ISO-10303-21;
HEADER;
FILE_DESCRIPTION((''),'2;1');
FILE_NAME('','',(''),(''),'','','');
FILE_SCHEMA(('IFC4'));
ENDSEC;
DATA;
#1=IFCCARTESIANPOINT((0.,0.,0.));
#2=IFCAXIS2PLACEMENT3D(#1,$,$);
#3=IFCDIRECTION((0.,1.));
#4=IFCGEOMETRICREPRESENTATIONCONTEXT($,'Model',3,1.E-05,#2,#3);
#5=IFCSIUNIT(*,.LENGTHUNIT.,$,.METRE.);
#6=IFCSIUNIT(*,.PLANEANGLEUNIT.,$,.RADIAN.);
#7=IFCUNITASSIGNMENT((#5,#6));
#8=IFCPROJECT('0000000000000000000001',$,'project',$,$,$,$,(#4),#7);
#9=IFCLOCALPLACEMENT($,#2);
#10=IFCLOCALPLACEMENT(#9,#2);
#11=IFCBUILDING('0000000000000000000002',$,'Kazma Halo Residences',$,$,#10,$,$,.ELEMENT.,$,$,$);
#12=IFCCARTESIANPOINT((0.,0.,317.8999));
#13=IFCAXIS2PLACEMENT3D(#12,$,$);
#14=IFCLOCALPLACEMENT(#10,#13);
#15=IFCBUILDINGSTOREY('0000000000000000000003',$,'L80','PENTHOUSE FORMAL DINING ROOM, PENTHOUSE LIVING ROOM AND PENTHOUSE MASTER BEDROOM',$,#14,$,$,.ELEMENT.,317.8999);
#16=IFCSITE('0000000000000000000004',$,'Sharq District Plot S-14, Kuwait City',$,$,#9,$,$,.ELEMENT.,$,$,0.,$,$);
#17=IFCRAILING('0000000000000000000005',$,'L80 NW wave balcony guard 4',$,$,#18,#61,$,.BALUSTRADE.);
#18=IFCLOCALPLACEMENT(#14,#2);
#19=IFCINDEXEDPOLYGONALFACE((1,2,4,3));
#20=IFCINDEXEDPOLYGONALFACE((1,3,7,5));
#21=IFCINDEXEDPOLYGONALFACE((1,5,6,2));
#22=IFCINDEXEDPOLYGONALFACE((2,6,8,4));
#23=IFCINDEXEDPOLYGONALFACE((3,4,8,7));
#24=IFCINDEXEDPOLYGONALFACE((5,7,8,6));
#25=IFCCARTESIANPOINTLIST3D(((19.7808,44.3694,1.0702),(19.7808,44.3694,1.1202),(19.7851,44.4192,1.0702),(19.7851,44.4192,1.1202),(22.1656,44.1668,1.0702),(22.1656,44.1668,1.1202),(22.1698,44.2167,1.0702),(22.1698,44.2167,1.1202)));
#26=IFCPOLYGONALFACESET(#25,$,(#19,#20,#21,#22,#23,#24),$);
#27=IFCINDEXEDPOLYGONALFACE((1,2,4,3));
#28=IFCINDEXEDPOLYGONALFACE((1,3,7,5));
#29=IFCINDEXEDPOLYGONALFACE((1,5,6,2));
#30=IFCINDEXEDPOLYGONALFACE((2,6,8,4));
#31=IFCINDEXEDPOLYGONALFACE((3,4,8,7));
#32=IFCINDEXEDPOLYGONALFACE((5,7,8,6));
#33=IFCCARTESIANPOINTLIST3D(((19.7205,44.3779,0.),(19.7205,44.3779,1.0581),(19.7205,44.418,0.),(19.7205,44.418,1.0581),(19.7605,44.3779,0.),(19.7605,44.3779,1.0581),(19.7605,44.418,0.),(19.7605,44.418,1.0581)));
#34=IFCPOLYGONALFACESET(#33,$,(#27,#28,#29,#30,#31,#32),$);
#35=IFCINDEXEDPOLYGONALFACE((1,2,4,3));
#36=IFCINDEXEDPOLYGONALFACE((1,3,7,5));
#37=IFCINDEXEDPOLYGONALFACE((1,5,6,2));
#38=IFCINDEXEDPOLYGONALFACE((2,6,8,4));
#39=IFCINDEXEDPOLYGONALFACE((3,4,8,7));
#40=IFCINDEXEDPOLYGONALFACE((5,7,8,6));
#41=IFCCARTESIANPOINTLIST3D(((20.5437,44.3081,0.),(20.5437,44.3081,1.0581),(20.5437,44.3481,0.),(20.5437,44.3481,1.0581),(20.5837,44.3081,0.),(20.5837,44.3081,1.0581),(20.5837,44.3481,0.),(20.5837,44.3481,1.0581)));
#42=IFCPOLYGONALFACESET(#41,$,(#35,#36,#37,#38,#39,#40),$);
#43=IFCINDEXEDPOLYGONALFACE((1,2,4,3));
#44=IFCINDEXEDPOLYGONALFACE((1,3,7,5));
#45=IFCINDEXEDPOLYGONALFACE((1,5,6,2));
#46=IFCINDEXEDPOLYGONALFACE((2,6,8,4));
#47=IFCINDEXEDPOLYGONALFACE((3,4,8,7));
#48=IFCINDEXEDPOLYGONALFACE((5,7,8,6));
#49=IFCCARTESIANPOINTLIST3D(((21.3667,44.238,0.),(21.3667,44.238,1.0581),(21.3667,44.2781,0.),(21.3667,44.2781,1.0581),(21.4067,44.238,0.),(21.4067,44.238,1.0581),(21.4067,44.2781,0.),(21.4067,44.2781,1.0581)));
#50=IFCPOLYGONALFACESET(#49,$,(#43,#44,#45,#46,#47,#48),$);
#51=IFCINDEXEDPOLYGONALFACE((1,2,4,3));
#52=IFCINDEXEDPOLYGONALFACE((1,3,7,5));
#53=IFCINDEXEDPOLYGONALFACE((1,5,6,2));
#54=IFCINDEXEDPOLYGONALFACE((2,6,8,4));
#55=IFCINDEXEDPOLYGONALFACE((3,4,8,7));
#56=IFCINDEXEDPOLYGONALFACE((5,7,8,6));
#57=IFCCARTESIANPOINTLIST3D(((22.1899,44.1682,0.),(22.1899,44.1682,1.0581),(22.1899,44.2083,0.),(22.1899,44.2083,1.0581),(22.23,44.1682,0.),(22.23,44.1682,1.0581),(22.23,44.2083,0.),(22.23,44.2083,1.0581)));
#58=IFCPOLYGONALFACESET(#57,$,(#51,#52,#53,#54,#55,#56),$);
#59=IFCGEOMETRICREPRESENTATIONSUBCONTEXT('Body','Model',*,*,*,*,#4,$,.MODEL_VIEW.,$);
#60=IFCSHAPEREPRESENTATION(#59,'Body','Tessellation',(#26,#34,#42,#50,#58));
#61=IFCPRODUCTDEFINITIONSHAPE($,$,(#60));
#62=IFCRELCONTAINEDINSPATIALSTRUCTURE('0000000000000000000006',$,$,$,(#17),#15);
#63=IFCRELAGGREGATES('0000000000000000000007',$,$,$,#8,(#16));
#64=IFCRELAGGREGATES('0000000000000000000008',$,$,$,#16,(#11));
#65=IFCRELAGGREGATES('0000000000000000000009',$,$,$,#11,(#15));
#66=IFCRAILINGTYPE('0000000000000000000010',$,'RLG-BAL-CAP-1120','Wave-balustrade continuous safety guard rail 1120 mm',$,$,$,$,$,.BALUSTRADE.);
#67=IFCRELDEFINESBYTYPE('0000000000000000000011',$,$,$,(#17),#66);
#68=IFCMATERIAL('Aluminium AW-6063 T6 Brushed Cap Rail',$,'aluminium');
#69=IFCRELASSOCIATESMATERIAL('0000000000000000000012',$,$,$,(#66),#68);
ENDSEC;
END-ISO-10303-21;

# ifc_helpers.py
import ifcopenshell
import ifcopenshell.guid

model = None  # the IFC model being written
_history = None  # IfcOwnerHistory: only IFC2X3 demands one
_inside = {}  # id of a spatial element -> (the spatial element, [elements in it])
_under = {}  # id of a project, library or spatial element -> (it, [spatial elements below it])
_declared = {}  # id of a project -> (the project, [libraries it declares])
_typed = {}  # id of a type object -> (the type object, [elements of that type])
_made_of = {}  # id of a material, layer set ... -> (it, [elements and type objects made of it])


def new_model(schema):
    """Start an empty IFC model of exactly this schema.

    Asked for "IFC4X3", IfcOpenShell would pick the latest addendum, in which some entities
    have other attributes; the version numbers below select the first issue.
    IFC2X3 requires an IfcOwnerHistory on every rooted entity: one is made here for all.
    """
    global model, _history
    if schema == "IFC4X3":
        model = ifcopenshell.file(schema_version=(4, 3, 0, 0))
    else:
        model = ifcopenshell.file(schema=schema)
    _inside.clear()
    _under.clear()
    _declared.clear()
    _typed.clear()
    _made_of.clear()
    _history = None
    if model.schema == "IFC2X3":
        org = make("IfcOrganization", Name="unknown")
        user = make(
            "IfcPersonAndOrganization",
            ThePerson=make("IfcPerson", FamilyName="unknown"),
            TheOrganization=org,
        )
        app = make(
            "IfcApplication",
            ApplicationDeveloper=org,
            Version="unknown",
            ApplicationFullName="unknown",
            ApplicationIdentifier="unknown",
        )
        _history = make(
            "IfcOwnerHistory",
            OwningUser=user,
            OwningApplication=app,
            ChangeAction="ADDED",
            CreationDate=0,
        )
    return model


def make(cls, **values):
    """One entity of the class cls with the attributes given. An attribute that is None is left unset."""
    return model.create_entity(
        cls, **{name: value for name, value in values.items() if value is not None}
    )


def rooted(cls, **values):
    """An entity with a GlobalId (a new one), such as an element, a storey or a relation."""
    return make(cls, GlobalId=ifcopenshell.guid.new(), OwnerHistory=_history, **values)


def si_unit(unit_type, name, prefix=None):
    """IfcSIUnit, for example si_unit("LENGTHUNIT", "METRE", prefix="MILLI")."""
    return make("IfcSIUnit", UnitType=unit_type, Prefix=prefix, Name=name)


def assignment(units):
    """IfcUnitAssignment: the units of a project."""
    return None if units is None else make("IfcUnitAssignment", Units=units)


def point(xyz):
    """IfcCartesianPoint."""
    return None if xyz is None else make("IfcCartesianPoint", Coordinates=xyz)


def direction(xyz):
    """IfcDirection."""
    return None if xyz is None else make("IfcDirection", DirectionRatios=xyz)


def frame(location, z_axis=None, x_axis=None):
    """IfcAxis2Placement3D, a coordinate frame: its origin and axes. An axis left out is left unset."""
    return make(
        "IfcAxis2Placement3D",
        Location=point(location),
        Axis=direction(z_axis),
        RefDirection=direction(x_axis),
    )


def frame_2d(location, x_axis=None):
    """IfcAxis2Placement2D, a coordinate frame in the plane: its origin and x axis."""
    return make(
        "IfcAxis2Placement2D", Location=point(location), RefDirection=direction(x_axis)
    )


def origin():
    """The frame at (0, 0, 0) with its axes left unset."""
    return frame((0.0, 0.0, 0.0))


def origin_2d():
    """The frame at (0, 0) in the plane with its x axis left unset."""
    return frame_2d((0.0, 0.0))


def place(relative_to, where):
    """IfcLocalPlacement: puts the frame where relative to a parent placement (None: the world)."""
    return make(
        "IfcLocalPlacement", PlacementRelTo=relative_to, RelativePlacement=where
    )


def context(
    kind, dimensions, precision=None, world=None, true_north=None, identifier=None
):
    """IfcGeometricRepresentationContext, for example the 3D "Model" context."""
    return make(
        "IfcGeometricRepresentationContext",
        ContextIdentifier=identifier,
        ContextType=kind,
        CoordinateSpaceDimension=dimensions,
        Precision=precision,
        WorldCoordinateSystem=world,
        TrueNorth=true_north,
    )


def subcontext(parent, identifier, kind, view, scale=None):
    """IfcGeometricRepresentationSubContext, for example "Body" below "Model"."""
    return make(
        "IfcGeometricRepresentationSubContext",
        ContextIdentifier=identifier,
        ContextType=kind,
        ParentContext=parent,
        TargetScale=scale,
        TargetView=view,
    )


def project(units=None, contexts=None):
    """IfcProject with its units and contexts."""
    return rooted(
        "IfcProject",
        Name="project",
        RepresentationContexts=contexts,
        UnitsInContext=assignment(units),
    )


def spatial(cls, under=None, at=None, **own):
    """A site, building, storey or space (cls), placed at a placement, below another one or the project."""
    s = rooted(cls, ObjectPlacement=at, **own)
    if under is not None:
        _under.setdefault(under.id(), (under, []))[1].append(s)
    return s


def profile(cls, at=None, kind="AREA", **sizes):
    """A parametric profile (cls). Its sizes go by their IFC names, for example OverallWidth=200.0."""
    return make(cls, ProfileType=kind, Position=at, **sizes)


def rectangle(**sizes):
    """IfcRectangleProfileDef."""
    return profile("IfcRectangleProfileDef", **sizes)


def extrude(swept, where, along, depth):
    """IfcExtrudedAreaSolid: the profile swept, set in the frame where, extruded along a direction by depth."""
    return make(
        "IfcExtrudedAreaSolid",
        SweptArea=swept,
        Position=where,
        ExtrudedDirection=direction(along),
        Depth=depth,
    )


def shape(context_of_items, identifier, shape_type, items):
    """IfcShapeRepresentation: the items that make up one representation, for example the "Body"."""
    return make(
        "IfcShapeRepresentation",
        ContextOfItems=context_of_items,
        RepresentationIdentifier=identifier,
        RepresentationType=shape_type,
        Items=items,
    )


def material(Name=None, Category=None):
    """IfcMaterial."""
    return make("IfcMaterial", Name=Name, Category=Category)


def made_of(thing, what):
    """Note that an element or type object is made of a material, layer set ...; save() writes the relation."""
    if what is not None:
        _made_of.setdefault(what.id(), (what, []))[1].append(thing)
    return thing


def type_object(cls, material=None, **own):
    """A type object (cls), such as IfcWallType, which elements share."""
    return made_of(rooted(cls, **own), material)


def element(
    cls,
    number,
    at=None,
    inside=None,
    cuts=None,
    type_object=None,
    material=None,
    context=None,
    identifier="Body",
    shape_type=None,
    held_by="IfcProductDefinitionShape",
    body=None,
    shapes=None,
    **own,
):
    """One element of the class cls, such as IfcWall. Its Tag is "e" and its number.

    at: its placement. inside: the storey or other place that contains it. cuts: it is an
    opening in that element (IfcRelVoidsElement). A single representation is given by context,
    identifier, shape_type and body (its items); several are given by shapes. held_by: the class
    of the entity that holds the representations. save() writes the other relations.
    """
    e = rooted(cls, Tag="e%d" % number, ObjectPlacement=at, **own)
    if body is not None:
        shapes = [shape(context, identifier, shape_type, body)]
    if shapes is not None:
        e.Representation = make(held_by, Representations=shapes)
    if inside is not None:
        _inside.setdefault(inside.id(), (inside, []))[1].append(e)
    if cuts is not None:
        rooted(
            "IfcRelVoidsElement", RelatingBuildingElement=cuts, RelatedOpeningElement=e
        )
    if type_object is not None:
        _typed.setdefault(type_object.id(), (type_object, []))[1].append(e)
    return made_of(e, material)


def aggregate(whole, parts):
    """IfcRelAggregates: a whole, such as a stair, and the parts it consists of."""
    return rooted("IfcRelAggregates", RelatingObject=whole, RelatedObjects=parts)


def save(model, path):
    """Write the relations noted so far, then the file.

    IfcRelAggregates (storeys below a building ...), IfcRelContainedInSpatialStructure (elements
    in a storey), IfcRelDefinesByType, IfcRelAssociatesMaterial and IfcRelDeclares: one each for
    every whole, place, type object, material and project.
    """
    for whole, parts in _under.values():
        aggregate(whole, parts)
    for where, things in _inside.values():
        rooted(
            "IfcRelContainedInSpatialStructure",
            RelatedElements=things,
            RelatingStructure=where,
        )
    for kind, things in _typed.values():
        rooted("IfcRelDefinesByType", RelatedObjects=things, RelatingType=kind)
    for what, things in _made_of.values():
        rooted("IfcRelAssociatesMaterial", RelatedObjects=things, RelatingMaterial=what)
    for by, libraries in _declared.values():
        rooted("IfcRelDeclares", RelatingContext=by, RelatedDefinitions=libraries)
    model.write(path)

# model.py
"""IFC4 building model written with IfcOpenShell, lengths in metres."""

from ifc_helpers import new_model, si_unit, direction, frame, origin, origin_2d, place, context, subcontext, project, spatial, rectangle, extrude, material, type_object, element, save


model = new_model("IFC4")

# Units and contexts
model_context = context("Model", 3, precision=1e-05, world=origin(), true_north=direction((0.0, 1.0)))
body_context = subcontext(model_context, "Body", "Model", "MODEL_VIEW")
ifc_project = project(units=[si_unit("LENGTHUNIT", "METRE"), si_unit("PLANEANGLEUNIT", "RADIAN")], contexts=[model_context])

# Site, building, storey
site_placement = place(None, origin())
site = spatial("IfcSite", under=ifc_project, at=site_placement, Name="Sharq District Plot S-14, Kuwait City", CompositionType="ELEMENT", RefElevation=0.0)
building_placement = place(site_placement, origin())
building = spatial("IfcBuilding", under=site, at=building_placement, Name="Kazma Halo Residences", CompositionType="ELEMENT")
storey_placement = place(building_placement, frame((0.0, 0.0, 317.8999)))
storey = spatial("IfcBuildingStorey", under=building, at=storey_placement, Name="L80", Description="PENTHOUSE FORMAL DINING ROOM, PENTHOUSE LIVING ROOM AND PENTHOUSE MASTER BEDROOM", CompositionType="ELEMENT", Elevation=317.8999)

# Railing
ifc_material_1 = material(Name="Aluminium AW-6063 T6 Brushed Cap Rail", Category="aluminium")
railing_type = type_object("IfcRailingType", Name="RLG-BAL-CAP-1120", Description="Wave-balustrade continuous safety guard rail 1120 mm", PredefinedType="BALUSTRADE", material=ifc_material_1)
railing_placement = place(storey_placement, frame((19.7405, 44.3979, 0.0)))
element("IfcRailing", 1, at=railing_placement, inside=storey, type_object=railing_type, Name="L80 NW wave balcony guard 4", PredefinedType="BALUSTRADE", context=body_context, shape_type="SweptSolid", body=[
    extrude(rectangle(XDim=0.05, YDim=0.05, at=origin_2d()), frame((0.0425, -0.0037, 1.0952), z_axis=(0.996413, -0.084619, 0.0), x_axis=(0.084619, 0.996413, 0.0)), (0.0, 0.0, 1.0), 2.3933),
    extrude(rectangle(XDim=0.04, YDim=0.04, at=origin_2d()), origin(), (0.0, 0.0, 1.0), 1.0581),
    extrude(rectangle(XDim=0.04, YDim=0.04, at=origin_2d()), frame((0.8232, -0.0698, 0.0)), (0.0, 0.0, 1.0), 1.0581),
    extrude(rectangle(XDim=0.04, YDim=0.04, at=origin_2d()), frame((1.6462, -0.1399, 0.0)), (0.0, 0.0, 1.0), 1.0581),
    extrude(rectangle(XDim=0.04, YDim=0.04, at=origin_2d()), frame((2.4695, -0.2097, 0.0)), (0.0, 0.0, 1.0), 1.0581),
])

save(model, "model.ifc")
